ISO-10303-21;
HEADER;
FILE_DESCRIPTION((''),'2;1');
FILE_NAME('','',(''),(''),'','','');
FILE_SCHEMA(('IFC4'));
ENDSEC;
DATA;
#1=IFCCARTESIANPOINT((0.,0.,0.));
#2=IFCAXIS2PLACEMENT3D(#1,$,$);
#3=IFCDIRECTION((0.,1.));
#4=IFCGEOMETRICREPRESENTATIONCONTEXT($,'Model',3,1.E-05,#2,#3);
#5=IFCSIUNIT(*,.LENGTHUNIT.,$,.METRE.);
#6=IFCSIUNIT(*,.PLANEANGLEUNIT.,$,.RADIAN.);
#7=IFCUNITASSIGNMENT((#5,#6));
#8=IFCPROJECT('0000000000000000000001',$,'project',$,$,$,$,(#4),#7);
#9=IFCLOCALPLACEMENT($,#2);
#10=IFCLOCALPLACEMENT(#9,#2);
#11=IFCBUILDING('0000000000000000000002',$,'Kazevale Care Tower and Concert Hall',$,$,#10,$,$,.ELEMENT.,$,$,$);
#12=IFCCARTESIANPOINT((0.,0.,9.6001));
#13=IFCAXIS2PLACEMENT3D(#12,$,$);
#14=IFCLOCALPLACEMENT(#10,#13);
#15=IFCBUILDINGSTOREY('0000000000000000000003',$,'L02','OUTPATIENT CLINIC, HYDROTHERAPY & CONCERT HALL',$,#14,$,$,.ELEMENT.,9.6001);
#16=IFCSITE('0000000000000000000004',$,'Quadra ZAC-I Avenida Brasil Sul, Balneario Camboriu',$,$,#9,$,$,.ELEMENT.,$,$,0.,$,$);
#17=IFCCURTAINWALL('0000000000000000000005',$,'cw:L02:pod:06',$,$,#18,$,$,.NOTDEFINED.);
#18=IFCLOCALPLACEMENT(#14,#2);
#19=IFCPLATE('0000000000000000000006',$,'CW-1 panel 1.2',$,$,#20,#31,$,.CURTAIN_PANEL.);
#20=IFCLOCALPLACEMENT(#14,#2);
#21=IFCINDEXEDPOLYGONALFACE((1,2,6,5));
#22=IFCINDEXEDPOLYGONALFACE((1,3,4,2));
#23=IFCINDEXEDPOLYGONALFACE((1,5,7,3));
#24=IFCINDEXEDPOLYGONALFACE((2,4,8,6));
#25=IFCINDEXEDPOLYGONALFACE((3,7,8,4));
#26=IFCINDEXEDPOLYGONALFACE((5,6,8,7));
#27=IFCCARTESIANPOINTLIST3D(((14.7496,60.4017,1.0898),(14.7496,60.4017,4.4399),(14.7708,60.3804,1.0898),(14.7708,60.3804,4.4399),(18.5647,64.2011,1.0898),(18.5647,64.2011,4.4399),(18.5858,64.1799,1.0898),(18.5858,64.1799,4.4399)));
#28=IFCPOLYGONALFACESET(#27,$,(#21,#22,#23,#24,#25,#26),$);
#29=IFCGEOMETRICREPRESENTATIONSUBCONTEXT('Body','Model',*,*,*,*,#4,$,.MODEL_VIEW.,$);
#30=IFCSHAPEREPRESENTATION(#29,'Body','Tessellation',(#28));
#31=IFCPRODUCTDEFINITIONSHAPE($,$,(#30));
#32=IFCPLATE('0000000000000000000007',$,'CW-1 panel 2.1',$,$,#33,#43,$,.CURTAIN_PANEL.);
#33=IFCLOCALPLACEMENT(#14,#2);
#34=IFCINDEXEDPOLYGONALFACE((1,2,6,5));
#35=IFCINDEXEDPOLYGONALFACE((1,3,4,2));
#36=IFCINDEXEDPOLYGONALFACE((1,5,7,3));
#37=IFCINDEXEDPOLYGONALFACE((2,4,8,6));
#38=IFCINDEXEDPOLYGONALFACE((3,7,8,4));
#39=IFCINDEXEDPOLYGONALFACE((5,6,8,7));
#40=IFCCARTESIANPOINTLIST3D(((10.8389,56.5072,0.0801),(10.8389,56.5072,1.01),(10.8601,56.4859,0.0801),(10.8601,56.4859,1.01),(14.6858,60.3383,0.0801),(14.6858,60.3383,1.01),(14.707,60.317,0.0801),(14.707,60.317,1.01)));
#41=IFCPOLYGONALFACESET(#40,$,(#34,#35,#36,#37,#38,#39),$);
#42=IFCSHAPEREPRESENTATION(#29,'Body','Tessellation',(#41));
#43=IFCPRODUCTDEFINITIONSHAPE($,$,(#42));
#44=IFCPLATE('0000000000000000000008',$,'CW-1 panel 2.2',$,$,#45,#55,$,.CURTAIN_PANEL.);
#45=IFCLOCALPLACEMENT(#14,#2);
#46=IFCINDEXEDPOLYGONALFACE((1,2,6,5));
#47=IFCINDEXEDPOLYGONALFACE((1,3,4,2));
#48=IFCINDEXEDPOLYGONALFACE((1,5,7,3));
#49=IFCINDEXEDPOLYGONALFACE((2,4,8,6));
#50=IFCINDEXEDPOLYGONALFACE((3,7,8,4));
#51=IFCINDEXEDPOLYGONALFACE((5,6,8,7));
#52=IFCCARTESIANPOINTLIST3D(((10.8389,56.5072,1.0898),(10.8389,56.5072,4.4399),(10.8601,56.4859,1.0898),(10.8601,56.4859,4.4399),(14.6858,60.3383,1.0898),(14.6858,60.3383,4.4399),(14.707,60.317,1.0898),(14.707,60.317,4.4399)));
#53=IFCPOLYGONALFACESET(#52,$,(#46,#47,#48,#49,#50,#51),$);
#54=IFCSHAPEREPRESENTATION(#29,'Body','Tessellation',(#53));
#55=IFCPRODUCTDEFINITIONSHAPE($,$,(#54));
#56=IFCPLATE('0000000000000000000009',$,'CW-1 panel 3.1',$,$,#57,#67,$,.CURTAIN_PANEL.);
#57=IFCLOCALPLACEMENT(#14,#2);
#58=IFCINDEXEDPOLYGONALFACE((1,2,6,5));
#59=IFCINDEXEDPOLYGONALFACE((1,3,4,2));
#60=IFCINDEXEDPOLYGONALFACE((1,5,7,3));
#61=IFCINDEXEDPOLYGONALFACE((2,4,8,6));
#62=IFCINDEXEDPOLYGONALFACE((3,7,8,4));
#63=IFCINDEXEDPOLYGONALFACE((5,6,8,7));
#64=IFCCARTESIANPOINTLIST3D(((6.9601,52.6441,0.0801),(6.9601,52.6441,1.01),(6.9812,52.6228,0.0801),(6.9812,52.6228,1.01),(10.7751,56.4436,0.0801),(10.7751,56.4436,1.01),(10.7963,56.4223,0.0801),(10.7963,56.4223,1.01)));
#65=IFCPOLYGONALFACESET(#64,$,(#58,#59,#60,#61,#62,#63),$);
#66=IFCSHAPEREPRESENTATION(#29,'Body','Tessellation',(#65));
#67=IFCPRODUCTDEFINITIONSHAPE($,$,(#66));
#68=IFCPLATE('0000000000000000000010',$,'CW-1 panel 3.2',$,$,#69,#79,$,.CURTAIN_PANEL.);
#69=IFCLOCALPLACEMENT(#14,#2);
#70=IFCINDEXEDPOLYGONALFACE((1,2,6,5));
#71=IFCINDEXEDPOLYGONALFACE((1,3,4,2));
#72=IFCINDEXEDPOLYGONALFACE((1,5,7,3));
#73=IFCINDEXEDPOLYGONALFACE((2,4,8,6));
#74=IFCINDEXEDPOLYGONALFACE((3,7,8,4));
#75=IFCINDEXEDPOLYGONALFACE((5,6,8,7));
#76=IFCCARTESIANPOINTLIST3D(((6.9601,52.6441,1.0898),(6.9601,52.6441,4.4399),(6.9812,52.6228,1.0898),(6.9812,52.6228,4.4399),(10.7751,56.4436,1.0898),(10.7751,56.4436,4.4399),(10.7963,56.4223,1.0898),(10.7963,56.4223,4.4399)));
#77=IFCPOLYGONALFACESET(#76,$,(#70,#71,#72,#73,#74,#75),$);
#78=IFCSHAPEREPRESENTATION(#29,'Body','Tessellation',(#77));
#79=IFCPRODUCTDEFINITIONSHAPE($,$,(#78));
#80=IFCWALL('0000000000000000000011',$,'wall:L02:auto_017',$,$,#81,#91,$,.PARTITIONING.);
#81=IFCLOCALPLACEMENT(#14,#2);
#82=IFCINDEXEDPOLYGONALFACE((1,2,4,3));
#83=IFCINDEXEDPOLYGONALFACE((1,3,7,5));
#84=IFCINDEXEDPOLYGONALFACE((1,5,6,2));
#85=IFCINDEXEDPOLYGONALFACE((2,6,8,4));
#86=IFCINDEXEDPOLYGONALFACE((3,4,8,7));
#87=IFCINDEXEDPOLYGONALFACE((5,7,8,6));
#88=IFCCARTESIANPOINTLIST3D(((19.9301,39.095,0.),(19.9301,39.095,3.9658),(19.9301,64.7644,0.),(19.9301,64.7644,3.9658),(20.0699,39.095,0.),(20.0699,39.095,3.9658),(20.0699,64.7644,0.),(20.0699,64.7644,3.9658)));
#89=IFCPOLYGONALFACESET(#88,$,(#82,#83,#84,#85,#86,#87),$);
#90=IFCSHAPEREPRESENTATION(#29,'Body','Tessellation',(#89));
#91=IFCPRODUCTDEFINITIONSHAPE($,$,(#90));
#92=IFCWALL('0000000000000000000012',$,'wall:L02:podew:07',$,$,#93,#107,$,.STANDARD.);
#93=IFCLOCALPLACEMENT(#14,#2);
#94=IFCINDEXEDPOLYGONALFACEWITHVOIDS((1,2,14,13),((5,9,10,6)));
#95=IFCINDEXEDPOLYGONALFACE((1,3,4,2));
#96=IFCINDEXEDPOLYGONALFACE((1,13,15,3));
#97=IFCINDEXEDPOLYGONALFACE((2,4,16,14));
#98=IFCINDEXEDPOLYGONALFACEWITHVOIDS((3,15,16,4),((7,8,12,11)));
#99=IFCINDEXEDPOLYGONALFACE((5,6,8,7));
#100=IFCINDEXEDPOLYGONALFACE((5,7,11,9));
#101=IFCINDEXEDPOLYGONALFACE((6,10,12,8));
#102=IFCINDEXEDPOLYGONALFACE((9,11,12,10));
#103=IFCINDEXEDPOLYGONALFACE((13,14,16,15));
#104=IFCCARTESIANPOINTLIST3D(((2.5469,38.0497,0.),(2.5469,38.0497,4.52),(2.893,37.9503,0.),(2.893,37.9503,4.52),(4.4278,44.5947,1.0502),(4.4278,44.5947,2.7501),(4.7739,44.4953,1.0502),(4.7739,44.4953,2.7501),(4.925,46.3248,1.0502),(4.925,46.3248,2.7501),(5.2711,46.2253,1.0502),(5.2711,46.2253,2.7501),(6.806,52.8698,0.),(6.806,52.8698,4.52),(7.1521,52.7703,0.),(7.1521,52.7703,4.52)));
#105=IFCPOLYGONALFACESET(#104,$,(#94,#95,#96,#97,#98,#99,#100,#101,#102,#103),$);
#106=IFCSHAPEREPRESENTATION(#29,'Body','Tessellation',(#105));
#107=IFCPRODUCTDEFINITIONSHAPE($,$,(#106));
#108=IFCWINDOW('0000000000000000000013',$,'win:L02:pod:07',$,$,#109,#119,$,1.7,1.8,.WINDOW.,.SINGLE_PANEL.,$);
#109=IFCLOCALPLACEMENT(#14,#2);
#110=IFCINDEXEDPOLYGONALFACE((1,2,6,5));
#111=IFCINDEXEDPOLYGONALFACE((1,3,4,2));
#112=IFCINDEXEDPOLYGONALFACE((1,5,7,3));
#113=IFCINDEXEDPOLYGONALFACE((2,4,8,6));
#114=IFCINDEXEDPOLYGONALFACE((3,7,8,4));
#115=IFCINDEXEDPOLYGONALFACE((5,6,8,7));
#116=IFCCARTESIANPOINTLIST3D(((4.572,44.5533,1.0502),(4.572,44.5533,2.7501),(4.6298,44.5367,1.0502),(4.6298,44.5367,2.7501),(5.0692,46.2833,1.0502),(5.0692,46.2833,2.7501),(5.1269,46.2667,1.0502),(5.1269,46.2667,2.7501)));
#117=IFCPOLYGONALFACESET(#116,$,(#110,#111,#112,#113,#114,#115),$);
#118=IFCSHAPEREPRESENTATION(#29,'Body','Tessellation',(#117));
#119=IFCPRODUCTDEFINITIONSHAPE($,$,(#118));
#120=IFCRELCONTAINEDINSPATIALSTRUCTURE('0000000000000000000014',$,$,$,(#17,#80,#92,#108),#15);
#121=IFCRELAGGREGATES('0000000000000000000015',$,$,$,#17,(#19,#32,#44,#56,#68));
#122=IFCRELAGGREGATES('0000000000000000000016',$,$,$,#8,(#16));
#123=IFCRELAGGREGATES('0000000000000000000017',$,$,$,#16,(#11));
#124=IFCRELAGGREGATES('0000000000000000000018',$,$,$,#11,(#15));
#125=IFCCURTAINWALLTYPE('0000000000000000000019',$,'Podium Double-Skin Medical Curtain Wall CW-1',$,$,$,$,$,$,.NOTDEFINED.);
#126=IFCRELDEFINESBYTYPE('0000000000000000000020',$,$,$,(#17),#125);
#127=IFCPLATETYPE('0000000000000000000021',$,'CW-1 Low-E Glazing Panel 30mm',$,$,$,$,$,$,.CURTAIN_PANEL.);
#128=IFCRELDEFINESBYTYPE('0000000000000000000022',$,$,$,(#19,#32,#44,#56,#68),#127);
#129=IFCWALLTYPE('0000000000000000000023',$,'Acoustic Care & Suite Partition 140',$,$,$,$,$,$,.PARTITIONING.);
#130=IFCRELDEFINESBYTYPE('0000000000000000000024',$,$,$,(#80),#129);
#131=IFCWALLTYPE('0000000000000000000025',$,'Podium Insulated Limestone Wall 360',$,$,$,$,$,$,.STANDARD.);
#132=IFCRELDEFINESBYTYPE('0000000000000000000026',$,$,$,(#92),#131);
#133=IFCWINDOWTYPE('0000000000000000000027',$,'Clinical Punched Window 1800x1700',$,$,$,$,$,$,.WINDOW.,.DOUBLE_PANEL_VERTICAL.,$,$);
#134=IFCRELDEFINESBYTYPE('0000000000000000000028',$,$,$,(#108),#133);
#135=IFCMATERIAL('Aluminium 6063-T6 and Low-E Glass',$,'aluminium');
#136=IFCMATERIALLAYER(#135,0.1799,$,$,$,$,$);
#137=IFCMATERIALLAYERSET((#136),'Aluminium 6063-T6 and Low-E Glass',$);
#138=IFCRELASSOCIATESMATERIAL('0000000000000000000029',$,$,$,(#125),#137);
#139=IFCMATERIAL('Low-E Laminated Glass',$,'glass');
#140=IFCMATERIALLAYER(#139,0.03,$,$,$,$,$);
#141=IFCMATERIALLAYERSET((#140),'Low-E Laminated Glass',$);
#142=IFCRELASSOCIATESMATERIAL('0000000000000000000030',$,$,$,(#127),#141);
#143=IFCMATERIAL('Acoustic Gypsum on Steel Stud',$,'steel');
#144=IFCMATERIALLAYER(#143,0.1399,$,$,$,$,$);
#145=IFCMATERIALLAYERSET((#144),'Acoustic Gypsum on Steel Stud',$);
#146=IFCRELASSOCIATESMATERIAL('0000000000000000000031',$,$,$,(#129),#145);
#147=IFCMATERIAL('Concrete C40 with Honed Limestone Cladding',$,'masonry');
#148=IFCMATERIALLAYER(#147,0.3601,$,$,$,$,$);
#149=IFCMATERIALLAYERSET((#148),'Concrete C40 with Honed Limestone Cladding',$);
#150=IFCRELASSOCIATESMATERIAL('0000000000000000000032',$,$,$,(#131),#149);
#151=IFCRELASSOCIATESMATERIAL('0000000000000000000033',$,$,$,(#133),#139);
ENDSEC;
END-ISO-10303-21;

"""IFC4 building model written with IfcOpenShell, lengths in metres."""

from ifc_helpers import new_model, si_unit, direction, frame, frame_2d, origin, origin_2d, place, context, subcontext, project, spatial, rectangle, extrude, material, layer, layer_set, type_object, element, fill, aggregate, save


model = new_model("IFC4")

# Units and contexts
model_context = context("Model", 3, precision=1e-05, world=origin(), true_north=direction((0.0, 1.0)))
body_context = subcontext(model_context, "Body", "Model", "MODEL_VIEW")
ifc_project = project(units=[si_unit("LENGTHUNIT", "METRE"), si_unit("PLANEANGLEUNIT", "RADIAN")], contexts=[model_context])

# Site, building, storey
site_placement = place(None, origin())
site = spatial("IfcSite", under=ifc_project, at=site_placement, Name="Quadra ZAC-I Avenida Brasil Sul, Balneario Camboriu", CompositionType="ELEMENT", RefElevation=0.0)
building_placement = place(site_placement, origin())
building = spatial("IfcBuilding", under=site, at=building_placement, Name="Kazevale Care Tower and Concert Hall", CompositionType="ELEMENT")
storey_placement = place(building_placement, frame((0.0, 0.0, 9.6001)))
storey = spatial("IfcBuildingStorey", under=building, at=storey_placement, Name="L02", Description="OUTPATIENT CLINIC, HYDROTHERAPY & CONCERT HALL", CompositionType="ELEMENT", Elevation=9.6001)

# Curtain wall
ifc_material_1 = material(Name="Aluminium 6063-T6 and Low-E Glass", Category="aluminium")
ifc_layer_1 = layer(ifc_material_1, 0.1799)
ifc_layer_set_1 = layer_set([ifc_layer_1], Name="Aluminium 6063-T6 and Low-E Glass")
curtain_wall_type = type_object("IfcCurtainWallType", Name="Podium Double-Skin Medical Curtain Wall CW-1", PredefinedType="NOTDEFINED", material=ifc_layer_set_1)
curtain_wall_placement = place(storey_placement, origin())
curtain_wall = element("IfcCurtainWall", 1, at=curtain_wall_placement, inside=storey, type_object=curtain_wall_type, Name="cw:L02:pod:06", PredefinedType="NOTDEFINED")

# Plates
ifc_material_2 = material(Name="Low-E Laminated Glass", Category="glass")
ifc_layer_2 = layer(ifc_material_2, 0.03)
ifc_layer_set_2 = layer_set([ifc_layer_2], Name="Low-E Laminated Glass")
plate_type = type_object("IfcPlateType", Name="CW-1 Low-E Glazing Panel 30mm", PredefinedType="CURTAIN_PANEL", material=ifc_layer_set_2)
plate_1_placement = place(storey_placement, frame((16.6677, 62.2908, 1.0898), z_axis=(0.0, 0.0, 1.0), x_axis=(-0.708555, -0.705656, 0.0)))
plate_1 = element("IfcPlate", 2, at=plate_1_placement, type_object=plate_type, Name="CW-1 panel 1.2", PredefinedType="CURTAIN_PANEL", context=body_context, shape_type="SweptSolid", body=[
    extrude(rectangle(XDim=5.3843, YDim=0.03, at=origin_2d()), origin(), (0.0, 0.0, 1.0), 3.3501),
])
plate_2_placement = place(storey_placement, frame((12.7729, 58.4121, 0.0801), z_axis=(0.0, 0.0, 1.0), x_axis=(-0.708555, -0.705656, 0.0)))
plate_2 = element("IfcPlate", 3, at=plate_2_placement, type_object=plate_type, Name="CW-1 panel 2.1", PredefinedType="CURTAIN_PANEL", context=body_context, shape_type="SweptSolid", body=[
    extrude(rectangle(XDim=5.4292, YDim=0.03, at=origin_2d()), origin(), (0.0, 0.0, 1.0), 0.9299),
])
plate_3_placement = place(storey_placement, frame((12.7729, 58.4121, 1.0898), z_axis=(0.0, 0.0, 1.0), x_axis=(-0.708555, -0.705656, 0.0)))
plate_3 = element("IfcPlate", 4, at=plate_3_placement, type_object=plate_type, Name="CW-1 panel 2.2", PredefinedType="CURTAIN_PANEL", context=body_context, shape_type="SweptSolid", body=[
    extrude(rectangle(XDim=5.4292, YDim=0.03, at=origin_2d()), origin(), (0.0, 0.0, 1.0), 3.3501),
])
plate_4_placement = place(storey_placement, frame((8.8782, 54.5332, 0.0801), z_axis=(0.0, 0.0, 1.0), x_axis=(-0.708555, -0.705656, 0.0)))
plate_4 = element("IfcPlate", 5, at=plate_4_placement, type_object=plate_type, Name="CW-1 panel 3.1", PredefinedType="CURTAIN_PANEL", context=body_context, shape_type="SweptSolid", body=[
    extrude(rectangle(XDim=5.3843, YDim=0.03, at=origin_2d()), origin(), (0.0, 0.0, 1.0), 0.9299),
])
plate_5_placement = place(storey_placement, frame((8.8782, 54.5332, 1.0898), z_axis=(0.0, 0.0, 1.0), x_axis=(-0.708555, -0.705656, 0.0)))
plate_5 = element("IfcPlate", 6, at=plate_5_placement, type_object=plate_type, Name="CW-1 panel 3.2", PredefinedType="CURTAIN_PANEL", context=body_context, shape_type="SweptSolid", body=[
    extrude(rectangle(XDim=5.3843, YDim=0.03, at=origin_2d()), origin(), (0.0, 0.0, 1.0), 3.3501),
])
aggregate(curtain_wall, [plate_1, plate_2, plate_3, plate_4, plate_5])

# Wall
ifc_material_3 = material(Name="Acoustic Gypsum on Steel Stud", Category="steel")
ifc_layer_3 = layer(ifc_material_3, 0.1399)
ifc_layer_set_3 = layer_set([ifc_layer_3], Name="Acoustic Gypsum on Steel Stud")
wall_type_1 = type_object("IfcWallType", Name="Acoustic Care & Suite Partition 140", PredefinedType="PARTITIONING", material=ifc_layer_set_3)
wall_1_placement = place(storey_placement, frame((20.0, 64.7644, 0.0), z_axis=(0.0, 0.0, 1.0), x_axis=(0.0, -1.0, 0.0)))
element("IfcWall", 7, at=wall_1_placement, inside=storey, type_object=wall_type_1, Name="wall:L02:auto_017", PredefinedType="PARTITIONING", context=body_context, shape_type="SweptSolid", body=[
    extrude(rectangle(XDim=25.6694, YDim=0.1399, at=frame_2d((12.8347, 0.0))), origin(), (0.0, 0.0, 1.0), 3.9658),
])

# Wall, opening, window
ifc_material_4 = material(Name="Concrete C40 with Honed Limestone Cladding", Category="masonry")
ifc_layer_4 = layer(ifc_material_4, 0.3601)
ifc_layer_set_4 = layer_set([ifc_layer_4], Name="Concrete C40 with Honed Limestone Cladding")
wall_type_2 = type_object("IfcWallType", Name="Podium Insulated Limestone Wall 360", PredefinedType="STANDARD", material=ifc_layer_set_4)
wall_2_placement = place(storey_placement, frame((6.979, 52.8201, 0.0), z_axis=(0.0, 0.0, 1.0), x_axis=(-0.276203, -0.961099, 0.0)))
wall_2 = element("IfcWall", 8, at=wall_2_placement, inside=storey, type_object=wall_type_2, Name="wall:L02:podew:07", PredefinedType="STANDARD", context=body_context, shape_type="SweptSolid", body=[
    extrude(rectangle(XDim=15.4199, YDim=0.3601, at=frame_2d((7.71, 0.0))), origin(), (0.0, 0.0, 1.0), 4.52),
])
opening_placement = place(wall_2_placement, frame((6.8101, 0.0, 1.05)))
opening = element("IfcOpeningElement", 9, at=opening_placement, cuts=wall_2, PredefinedType="OPENING", context=body_context, shape_type="SweptSolid", body=[
    extrude(rectangle(XDim=1.8, YDim=1.7, at=frame_2d((0.8999, 0.8501))), frame((0.0, 0.1899, 0.0), z_axis=(0.0, -1.0, 0.0), x_axis=(1.0, 0.0, 0.0)), (0.0, 0.0, 1.0), 0.3801),
])
window_type = type_object("IfcWindowType", Name="Clinical Punched Window 1800x1700", PartitioningType="DOUBLE_PANEL_VERTICAL", PredefinedType="WINDOW", material=ifc_material_2)
window_placement = place(opening_placement, origin())
window = element("IfcWindow", 10, at=window_placement, inside=storey, type_object=window_type, Name="win:L02:pod:07", OverallHeight=1.7, OverallWidth=1.8, PartitioningType="SINGLE_PANEL", PredefinedType="WINDOW", context=body_context, shape_type="SweptSolid", body=[
    extrude(rectangle(XDim=1.8, YDim=1.7, at=frame_2d((0.8999, 0.8501))), frame((0.0, 0.03, 0.0), z_axis=(0.0, -1.0, 0.0), x_axis=(1.0, 0.0, 0.0)), (0.0, 0.0, 1.0), 0.0601),
])
fill(opening, window)

save(model, "model.ifc")
